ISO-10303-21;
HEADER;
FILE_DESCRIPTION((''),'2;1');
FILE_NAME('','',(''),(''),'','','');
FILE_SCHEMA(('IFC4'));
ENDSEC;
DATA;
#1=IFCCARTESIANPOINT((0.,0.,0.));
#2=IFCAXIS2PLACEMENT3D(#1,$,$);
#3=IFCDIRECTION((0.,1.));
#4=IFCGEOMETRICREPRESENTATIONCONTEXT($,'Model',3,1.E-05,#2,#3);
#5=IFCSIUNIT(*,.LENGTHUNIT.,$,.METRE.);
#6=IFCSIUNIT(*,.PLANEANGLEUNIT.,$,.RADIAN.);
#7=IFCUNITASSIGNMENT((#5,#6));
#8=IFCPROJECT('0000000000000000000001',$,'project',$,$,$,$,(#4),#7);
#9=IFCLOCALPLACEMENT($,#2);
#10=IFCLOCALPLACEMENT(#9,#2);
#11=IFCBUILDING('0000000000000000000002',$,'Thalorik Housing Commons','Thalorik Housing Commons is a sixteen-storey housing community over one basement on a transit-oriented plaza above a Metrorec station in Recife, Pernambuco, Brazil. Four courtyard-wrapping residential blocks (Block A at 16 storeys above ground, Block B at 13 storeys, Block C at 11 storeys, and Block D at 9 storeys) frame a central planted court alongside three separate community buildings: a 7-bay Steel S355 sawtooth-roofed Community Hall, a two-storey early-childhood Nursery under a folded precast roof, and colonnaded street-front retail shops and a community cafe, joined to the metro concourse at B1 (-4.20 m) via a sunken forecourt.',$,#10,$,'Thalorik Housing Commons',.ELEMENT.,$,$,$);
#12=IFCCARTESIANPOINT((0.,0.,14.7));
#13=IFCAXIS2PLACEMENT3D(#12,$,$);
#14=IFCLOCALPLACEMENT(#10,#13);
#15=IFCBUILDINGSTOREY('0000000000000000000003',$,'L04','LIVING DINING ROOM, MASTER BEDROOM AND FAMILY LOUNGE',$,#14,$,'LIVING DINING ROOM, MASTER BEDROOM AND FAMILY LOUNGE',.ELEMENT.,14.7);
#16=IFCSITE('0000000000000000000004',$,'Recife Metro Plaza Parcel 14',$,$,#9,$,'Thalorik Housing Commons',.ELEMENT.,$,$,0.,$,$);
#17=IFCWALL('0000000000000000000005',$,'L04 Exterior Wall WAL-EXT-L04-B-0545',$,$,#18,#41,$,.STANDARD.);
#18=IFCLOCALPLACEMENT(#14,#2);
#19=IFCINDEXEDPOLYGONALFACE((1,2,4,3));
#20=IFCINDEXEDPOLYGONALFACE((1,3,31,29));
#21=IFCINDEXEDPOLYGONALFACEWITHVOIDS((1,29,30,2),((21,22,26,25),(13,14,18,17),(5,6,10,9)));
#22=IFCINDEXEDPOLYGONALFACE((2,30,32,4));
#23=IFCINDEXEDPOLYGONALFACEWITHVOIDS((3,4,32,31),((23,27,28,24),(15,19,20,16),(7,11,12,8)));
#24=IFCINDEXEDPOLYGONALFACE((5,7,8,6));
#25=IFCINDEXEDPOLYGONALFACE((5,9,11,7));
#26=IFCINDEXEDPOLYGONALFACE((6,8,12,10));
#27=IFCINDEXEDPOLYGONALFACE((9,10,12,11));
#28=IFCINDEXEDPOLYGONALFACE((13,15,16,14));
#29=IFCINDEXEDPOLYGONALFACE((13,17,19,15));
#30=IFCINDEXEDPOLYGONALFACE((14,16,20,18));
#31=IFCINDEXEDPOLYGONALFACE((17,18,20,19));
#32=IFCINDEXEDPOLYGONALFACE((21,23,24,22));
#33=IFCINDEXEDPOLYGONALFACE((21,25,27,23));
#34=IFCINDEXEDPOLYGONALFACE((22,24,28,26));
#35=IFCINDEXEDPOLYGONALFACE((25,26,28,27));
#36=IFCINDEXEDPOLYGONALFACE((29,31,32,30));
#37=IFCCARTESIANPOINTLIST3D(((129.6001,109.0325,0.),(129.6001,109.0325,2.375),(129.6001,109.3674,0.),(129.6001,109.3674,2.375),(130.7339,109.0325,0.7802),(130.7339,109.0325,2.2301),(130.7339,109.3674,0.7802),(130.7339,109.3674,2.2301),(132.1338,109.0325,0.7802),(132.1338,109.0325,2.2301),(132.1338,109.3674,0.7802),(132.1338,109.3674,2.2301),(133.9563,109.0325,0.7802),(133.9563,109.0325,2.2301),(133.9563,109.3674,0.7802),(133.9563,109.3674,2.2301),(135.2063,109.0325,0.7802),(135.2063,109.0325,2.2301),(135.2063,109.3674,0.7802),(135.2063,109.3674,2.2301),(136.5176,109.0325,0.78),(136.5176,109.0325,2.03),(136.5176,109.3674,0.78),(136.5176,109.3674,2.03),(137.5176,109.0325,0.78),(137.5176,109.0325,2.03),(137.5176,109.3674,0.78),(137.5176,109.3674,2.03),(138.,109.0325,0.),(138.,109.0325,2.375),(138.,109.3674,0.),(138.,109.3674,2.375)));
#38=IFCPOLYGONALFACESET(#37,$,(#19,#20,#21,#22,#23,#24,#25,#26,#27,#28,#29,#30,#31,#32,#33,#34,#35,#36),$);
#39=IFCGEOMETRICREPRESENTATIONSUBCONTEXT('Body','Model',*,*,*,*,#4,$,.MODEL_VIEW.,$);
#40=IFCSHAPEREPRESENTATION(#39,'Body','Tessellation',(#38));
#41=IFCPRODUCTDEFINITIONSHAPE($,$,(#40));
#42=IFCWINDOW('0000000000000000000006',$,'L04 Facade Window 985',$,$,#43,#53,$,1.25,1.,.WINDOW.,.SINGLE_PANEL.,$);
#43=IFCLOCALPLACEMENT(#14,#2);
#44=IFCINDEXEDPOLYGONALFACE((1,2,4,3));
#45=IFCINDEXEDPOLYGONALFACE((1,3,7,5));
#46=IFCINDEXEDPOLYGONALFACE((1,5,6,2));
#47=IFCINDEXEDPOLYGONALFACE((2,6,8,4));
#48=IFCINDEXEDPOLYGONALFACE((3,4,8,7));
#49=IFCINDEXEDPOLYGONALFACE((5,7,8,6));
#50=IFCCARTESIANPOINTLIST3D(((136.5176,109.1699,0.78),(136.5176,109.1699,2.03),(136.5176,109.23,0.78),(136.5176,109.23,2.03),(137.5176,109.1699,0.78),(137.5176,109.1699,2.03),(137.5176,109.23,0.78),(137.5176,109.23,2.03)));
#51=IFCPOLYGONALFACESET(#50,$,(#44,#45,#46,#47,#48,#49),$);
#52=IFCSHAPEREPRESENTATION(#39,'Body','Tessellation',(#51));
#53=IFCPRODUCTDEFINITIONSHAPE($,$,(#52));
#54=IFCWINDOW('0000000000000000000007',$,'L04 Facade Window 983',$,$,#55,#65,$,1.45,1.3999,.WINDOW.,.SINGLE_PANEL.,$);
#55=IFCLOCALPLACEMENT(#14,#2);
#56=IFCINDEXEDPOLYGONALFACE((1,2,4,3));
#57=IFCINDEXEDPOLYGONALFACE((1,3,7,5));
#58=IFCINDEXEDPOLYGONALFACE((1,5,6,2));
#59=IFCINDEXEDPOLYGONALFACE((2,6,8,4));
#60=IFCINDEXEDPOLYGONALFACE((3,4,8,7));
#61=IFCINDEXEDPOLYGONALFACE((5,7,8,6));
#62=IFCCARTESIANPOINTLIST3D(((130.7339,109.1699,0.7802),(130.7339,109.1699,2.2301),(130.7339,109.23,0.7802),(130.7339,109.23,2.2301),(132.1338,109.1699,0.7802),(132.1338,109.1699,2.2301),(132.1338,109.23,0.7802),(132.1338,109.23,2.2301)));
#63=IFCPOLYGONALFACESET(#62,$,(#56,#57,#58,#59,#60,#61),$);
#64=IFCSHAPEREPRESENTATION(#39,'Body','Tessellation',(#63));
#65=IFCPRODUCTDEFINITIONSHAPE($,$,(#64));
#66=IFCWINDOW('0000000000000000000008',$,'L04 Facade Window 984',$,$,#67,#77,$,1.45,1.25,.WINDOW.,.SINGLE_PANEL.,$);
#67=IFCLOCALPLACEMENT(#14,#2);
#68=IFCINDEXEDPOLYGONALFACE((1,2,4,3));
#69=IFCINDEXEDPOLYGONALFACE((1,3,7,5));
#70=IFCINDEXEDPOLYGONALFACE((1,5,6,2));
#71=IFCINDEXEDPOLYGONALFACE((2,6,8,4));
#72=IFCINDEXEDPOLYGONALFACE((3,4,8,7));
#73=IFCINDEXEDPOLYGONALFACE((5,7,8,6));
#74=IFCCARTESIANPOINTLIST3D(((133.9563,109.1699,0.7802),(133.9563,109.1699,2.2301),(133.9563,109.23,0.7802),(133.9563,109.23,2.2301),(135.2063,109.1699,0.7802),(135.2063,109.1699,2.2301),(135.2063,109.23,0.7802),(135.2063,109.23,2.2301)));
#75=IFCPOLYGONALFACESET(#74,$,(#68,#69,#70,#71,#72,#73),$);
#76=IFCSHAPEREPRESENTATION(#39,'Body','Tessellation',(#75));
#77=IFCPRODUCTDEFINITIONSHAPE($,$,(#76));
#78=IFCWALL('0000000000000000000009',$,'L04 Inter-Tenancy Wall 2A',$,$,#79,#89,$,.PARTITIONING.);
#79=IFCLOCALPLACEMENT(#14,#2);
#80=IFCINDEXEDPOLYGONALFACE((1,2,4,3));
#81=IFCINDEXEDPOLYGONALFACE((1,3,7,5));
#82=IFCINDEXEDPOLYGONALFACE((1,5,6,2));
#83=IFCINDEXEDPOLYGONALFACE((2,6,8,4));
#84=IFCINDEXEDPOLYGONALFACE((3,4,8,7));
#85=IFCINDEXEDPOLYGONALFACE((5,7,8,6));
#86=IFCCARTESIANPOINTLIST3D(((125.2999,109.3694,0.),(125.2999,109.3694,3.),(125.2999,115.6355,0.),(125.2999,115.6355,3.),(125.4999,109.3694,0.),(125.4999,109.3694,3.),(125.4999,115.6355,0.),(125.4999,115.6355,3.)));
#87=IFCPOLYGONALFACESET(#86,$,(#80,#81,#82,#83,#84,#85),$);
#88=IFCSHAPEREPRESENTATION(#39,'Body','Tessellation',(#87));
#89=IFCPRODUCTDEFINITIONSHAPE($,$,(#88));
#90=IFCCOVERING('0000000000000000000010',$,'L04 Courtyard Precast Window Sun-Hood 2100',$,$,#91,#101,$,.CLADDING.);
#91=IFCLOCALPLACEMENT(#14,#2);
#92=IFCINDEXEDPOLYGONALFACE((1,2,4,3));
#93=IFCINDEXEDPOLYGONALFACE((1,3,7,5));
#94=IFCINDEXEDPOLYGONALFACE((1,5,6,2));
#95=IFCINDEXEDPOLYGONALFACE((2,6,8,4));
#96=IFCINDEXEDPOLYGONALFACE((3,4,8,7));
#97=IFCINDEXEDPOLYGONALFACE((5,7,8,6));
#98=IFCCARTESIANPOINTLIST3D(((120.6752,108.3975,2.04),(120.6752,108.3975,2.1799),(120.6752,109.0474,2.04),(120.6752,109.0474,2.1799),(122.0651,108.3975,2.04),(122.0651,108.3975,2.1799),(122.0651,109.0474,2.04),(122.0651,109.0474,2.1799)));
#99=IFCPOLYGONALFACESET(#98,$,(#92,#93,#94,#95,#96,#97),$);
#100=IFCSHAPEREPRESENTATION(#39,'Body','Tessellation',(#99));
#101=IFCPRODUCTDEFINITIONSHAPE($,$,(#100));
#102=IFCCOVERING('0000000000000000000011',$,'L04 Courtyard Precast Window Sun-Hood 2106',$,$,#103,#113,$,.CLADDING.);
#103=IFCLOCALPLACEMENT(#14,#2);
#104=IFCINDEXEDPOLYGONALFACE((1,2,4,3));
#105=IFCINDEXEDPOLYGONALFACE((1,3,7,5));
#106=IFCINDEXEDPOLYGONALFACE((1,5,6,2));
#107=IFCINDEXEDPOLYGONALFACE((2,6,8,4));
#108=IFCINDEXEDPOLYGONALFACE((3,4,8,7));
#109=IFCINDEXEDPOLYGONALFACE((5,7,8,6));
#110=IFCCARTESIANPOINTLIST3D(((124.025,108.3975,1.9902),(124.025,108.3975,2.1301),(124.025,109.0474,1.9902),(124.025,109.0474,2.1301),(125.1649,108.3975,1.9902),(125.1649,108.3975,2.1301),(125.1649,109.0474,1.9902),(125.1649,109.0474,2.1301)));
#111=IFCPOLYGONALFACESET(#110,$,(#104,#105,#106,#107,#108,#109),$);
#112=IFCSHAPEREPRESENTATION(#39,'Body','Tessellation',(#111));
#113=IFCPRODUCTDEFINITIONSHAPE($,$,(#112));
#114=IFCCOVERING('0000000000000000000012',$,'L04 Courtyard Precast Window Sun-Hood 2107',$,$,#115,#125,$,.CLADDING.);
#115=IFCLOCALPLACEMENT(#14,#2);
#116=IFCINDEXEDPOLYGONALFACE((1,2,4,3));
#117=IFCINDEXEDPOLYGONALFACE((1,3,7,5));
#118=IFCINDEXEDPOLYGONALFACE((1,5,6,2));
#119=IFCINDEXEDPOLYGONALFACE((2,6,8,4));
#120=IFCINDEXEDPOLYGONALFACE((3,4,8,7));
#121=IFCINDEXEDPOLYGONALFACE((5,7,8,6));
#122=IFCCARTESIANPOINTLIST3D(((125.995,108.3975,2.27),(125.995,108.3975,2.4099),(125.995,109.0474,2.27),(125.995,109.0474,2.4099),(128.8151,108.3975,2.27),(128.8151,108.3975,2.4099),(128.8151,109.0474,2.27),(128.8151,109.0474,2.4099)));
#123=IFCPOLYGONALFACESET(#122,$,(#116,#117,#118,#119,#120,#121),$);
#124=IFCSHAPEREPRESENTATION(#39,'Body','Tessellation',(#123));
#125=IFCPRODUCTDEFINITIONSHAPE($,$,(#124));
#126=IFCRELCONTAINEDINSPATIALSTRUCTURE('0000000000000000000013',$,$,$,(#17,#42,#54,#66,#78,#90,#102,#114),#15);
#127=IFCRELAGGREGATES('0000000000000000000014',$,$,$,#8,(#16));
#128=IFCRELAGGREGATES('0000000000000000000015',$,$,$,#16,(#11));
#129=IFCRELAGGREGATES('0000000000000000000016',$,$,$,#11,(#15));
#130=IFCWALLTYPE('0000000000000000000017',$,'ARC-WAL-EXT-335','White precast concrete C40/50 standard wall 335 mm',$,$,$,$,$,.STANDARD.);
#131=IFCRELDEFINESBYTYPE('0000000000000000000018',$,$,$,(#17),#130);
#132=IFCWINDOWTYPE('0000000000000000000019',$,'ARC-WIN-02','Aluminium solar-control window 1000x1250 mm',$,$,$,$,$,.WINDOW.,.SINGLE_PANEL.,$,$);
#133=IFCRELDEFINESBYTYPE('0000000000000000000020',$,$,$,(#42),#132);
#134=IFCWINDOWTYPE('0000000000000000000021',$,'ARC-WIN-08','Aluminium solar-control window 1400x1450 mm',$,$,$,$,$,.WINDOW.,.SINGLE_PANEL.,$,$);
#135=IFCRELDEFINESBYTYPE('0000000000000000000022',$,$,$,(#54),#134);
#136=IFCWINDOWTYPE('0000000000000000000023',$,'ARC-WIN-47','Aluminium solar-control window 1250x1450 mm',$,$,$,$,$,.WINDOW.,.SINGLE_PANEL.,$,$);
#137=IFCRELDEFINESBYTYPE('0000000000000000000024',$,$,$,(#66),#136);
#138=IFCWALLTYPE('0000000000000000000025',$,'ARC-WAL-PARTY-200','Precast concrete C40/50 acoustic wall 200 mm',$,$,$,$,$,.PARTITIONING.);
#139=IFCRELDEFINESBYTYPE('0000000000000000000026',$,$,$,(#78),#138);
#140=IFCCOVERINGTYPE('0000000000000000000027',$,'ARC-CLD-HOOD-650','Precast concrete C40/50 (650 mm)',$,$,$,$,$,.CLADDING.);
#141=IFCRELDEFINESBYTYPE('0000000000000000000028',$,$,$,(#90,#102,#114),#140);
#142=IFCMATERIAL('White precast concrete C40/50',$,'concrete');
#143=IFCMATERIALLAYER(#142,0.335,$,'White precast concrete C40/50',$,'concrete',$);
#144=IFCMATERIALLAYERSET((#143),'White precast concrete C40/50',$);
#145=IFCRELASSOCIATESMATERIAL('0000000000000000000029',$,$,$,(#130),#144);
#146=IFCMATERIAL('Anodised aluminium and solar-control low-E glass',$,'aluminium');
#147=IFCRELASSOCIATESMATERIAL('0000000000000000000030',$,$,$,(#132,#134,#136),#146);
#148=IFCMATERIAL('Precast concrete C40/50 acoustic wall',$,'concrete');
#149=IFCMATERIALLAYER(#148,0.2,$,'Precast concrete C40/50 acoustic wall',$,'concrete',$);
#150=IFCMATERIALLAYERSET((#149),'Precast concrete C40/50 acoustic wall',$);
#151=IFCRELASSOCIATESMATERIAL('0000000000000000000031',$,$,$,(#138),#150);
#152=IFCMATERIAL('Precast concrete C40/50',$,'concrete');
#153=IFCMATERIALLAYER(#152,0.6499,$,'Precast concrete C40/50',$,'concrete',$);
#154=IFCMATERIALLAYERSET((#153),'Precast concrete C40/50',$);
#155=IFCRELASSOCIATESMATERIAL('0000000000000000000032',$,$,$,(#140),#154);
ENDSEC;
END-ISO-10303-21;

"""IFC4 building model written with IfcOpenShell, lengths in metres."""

from ifc_helpers import new_model, si_unit, direction, frame, frame_2d, origin, origin_2d, place, context, subcontext, project, spatial, rectangle, extrude, material, layer, layer_set, type_object, element, fill, save


model = new_model("IFC4")

# Units and contexts
model_context = context("Model", 3, precision=1e-05, world=origin(), true_north=direction((0.0, 1.0)))
body_context = subcontext(model_context, "Body", "Model", "MODEL_VIEW")
ifc_project = project(units=[si_unit("LENGTHUNIT", "METRE"), si_unit("PLANEANGLEUNIT", "RADIAN")], contexts=[model_context])

# Site, building, storey
site_placement = place(None, origin())
site = spatial("IfcSite", under=ifc_project, at=site_placement, Name="Recife Metro Plaza Parcel 14", LongName="Thalorik Housing Commons", CompositionType="ELEMENT", RefElevation=0.0)
building_placement = place(site_placement, origin())
building = spatial("IfcBuilding", under=site, at=building_placement, Name="Thalorik Housing Commons", Description="Thalorik Housing Commons is a sixteen-storey housing community over one basement on a transit-oriented plaza above a Metrorec station in Recife, Pernambuco, Brazil. Four courtyard-wrapping residential blocks (Block A at 16 storeys above ground, Block B at 13 storeys, Block C at 11 storeys, and Block D at 9 storeys) frame a central planted court alongside three separate community buildings: a 7-bay Steel S355 sawtooth-roofed Community Hall, a two-storey early-childhood Nursery under a folded precast roof, and colonnaded street-front retail shops and a community cafe, joined to the metro concourse at B1 (-4.20 m) via a sunken forecourt.", LongName="Thalorik Housing Commons", CompositionType="ELEMENT")
storey_placement = place(building_placement, frame((0.0, 0.0, 14.7)))
storey = spatial("IfcBuildingStorey", under=building, at=storey_placement, Name="L04", Description="LIVING DINING ROOM, MASTER BEDROOM AND FAMILY LOUNGE", LongName="LIVING DINING ROOM, MASTER BEDROOM AND FAMILY LOUNGE", CompositionType="ELEMENT", Elevation=14.7)

# Shared definitions
ifc_material_1 = material(Name="Precast concrete C40/50", Category="concrete")

# Wall, openings, windows
ifc_material_2 = material(Name="White precast concrete C40/50", Category="concrete")
ifc_layer_1 = layer(ifc_material_2, 0.335, Name="White precast concrete C40/50", Category="concrete")
ifc_layer_set_1 = layer_set([ifc_layer_1], Name="White precast concrete C40/50")
wall_type_1 = type_object("IfcWallType", Name="ARC-WAL-EXT-335", Description="White precast concrete C40/50 standard wall 335 mm", PredefinedType="STANDARD", material=ifc_layer_set_1)
ifc_material_3 = material(Name="Anodised aluminium and solar-control low-E glass", Category="aluminium")
wall_1_placement = place(storey_placement, frame((129.6001, 109.2, 0.0), z_axis=(0.0, 0.0, 1.0), x_axis=(1.0, 0.0, 0.0)))
wall_1 = element("IfcWall", 1, at=wall_1_placement, inside=storey, type_object=wall_type_1, Name="L04 Exterior Wall WAL-EXT-L04-B-0545", PredefinedType="STANDARD", context=body_context, shape_type="SweptSolid", body=[
    extrude(rectangle(XDim=8.3999, YDim=0.335, at=frame_2d((4.2, 0.0))), origin(), (0.0, 0.0, 1.0), 2.375),
])
opening_1_placement = place(wall_1_placement, frame((1.1338, 0.0, 0.78)))
opening_1 = element("IfcOpeningElement", 2, at=opening_1_placement, cuts=wall_1, PredefinedType="OPENING", context=body_context, shape_type="SweptSolid", body=[
    extrude(rectangle(XDim=1.3999, YDim=1.45, at=frame_2d((0.7, 0.7251))), frame((0.0, 0.1775, 0.0), z_axis=(0.0, -1.0, 0.0), x_axis=(1.0, 0.0, 0.0)), (0.0, 0.0, 1.0), 0.355),
])
opening_2_placement = place(wall_1_placement, frame((4.3562, 0.0, 0.78)))
opening_2 = element("IfcOpeningElement", 3, at=opening_2_placement, cuts=wall_1, PredefinedType="OPENING", context=body_context, shape_type="SweptSolid", body=[
    extrude(rectangle(XDim=1.25, YDim=1.45, at=frame_2d((0.625, 0.7251))), frame((0.0, 0.1775, 0.0), z_axis=(0.0, -1.0, 0.0), x_axis=(1.0, 0.0, 0.0)), (0.0, 0.0, 1.0), 0.355),
])
opening_3_placement = place(wall_1_placement, frame((6.9175, 0.0, 0.78)))
opening_3 = element("IfcOpeningElement", 4, at=opening_3_placement, cuts=wall_1, PredefinedType="OPENING", context=body_context, shape_type="SweptSolid", body=[
    extrude(rectangle(XDim=1.0, YDim=1.25, at=frame_2d((0.5, 0.625))), frame((0.0, 0.1775, 0.0), z_axis=(0.0, -1.0, 0.0), x_axis=(1.0, 0.0, 0.0)), (0.0, 0.0, 1.0), 0.355),
])
window_type_1 = type_object("IfcWindowType", Name="ARC-WIN-02", Description="Aluminium solar-control window 1000x1250 mm", PartitioningType="SINGLE_PANEL", PredefinedType="WINDOW", material=ifc_material_3)
window_1_placement = place(opening_3_placement, origin())
window_1 = element("IfcWindow", 5, at=window_1_placement, inside=storey, type_object=window_type_1, Name="L04 Facade Window 985", OverallHeight=1.25, OverallWidth=1.0, PartitioningType="SINGLE_PANEL", PredefinedType="WINDOW", context=body_context, shape_type="SweptSolid", body=[
    extrude(rectangle(XDim=1.0, YDim=1.25, at=frame_2d((0.5, 0.625))), frame((0.0, 0.03, 0.0), z_axis=(0.0, -1.0, 0.0), x_axis=(1.0, 0.0, 0.0)), (0.0, 0.0, 1.0), 0.0601),
])
fill(opening_3, window_1)
window_type_2 = type_object("IfcWindowType", Name="ARC-WIN-08", Description="Aluminium solar-control window 1400x1450 mm", PartitioningType="SINGLE_PANEL", PredefinedType="WINDOW", material=ifc_material_3)
window_2_placement = place(opening_1_placement, origin())
window_2 = element("IfcWindow", 6, at=window_2_placement, inside=storey, type_object=window_type_2, Name="L04 Facade Window 983", OverallHeight=1.45, OverallWidth=1.3999, PartitioningType="SINGLE_PANEL", PredefinedType="WINDOW", context=body_context, shape_type="SweptSolid", body=[
    extrude(rectangle(XDim=1.3999, YDim=1.45, at=frame_2d((0.7, 0.7251))), frame((0.0, 0.03, 0.0), z_axis=(0.0, -1.0, 0.0), x_axis=(1.0, 0.0, 0.0)), (0.0, 0.0, 1.0), 0.0601),
])
fill(opening_1, window_2)
window_type_3 = type_object("IfcWindowType", Name="ARC-WIN-47", Description="Aluminium solar-control window 1250x1450 mm", PartitioningType="SINGLE_PANEL", PredefinedType="WINDOW", material=ifc_material_3)
window_3_placement = place(opening_2_placement, origin())
window_3 = element("IfcWindow", 7, at=window_3_placement, inside=storey, type_object=window_type_3, Name="L04 Facade Window 984", OverallHeight=1.45, OverallWidth=1.25, PartitioningType="SINGLE_PANEL", PredefinedType="WINDOW", context=body_context, shape_type="SweptSolid", body=[
    extrude(rectangle(XDim=1.25, YDim=1.45, at=frame_2d((0.625, 0.7251))), frame((0.0, 0.03, 0.0), z_axis=(0.0, -1.0, 0.0), x_axis=(1.0, 0.0, 0.0)), (0.0, 0.0, 1.0), 0.0601),
])
fill(opening_2, window_3)

# Wall
ifc_material_4 = material(Name="Precast concrete C40/50 acoustic wall", Category="concrete")
ifc_layer_2 = layer(ifc_material_4, 0.2, Name="Precast concrete C40/50 acoustic wall", Category="concrete")
ifc_layer_set_2 = layer_set([ifc_layer_2], Name="Precast concrete C40/50 acoustic wall")
wall_type_2 = type_object("IfcWallType", Name="ARC-WAL-PARTY-200", Description="Precast concrete C40/50 acoustic wall 200 mm", PredefinedType="PARTITIONING", material=ifc_layer_set_2)
wall_2_placement = place(storey_placement, frame((125.3999, 109.3694, 0.0), z_axis=(0.0, 0.0, 1.0), x_axis=(0.0, 1.0, 0.0)))
element("IfcWall", 8, at=wall_2_placement, inside=storey, type_object=wall_type_2, Name="L04 Inter-Tenancy Wall 2A", PredefinedType="PARTITIONING", context=body_context, shape_type="SweptSolid", body=[
    extrude(rectangle(XDim=6.2661, YDim=0.2, at=frame_2d((3.1331, 0.0))), origin(), (0.0, 0.0, 1.0), 3.0),
])

# Coverings
ifc_layer_3 = layer(ifc_material_1, 0.6499, Name="Precast concrete C40/50", Category="concrete")
ifc_layer_set_3 = layer_set([ifc_layer_3], Name="Precast concrete C40/50")
covering_type = type_object("IfcCoveringType", Name="ARC-CLD-HOOD-650", Description="Precast concrete C40/50 (650 mm)", PredefinedType="CLADDING", material=ifc_layer_set_3)
covering_1_placement = place(storey_placement, frame((121.3701, 108.7224, 2.04), z_axis=(0.0, 0.0, 1.0), x_axis=(1.0, 0.0, 0.0)))
element("IfcCovering", 9, at=covering_1_placement, inside=storey, type_object=covering_type, Name="L04 Courtyard Precast Window Sun-Hood 2100", PredefinedType="CLADDING", context=body_context, shape_type="SweptSolid", body=[
    extrude(rectangle(XDim=1.3899, YDim=0.6499, at=origin_2d()), origin(), (0.0, 0.0, 1.0), 0.1399),
])
covering_2_placement = place(storey_placement, frame((124.595, 108.7224, 1.9902), z_axis=(0.0, 0.0, 1.0), x_axis=(1.0, 0.0, 0.0)))
element("IfcCovering", 10, at=covering_2_placement, inside=storey, type_object=covering_type, Name="L04 Courtyard Precast Window Sun-Hood 2106", PredefinedType="CLADDING", context=body_context, shape_type="SweptSolid", body=[
    extrude(rectangle(XDim=1.1399, YDim=0.6499, at=origin_2d()), origin(), (0.0, 0.0, 1.0), 0.1399),
])
covering_3_placement = place(storey_placement, frame((127.405, 108.7224, 2.27), z_axis=(0.0, 0.0, 1.0), x_axis=(1.0, 0.0, 0.0)))
element("IfcCovering", 11, at=covering_3_placement, inside=storey, type_object=covering_type, Name="L04 Courtyard Precast Window Sun-Hood 2107", PredefinedType="CLADDING", context=body_context, shape_type="SweptSolid", body=[
    extrude(rectangle(XDim=2.8201, YDim=0.6499, at=origin_2d()), origin(), (0.0, 0.0, 1.0), 0.1399),
])

save(model, "model.ifc")
